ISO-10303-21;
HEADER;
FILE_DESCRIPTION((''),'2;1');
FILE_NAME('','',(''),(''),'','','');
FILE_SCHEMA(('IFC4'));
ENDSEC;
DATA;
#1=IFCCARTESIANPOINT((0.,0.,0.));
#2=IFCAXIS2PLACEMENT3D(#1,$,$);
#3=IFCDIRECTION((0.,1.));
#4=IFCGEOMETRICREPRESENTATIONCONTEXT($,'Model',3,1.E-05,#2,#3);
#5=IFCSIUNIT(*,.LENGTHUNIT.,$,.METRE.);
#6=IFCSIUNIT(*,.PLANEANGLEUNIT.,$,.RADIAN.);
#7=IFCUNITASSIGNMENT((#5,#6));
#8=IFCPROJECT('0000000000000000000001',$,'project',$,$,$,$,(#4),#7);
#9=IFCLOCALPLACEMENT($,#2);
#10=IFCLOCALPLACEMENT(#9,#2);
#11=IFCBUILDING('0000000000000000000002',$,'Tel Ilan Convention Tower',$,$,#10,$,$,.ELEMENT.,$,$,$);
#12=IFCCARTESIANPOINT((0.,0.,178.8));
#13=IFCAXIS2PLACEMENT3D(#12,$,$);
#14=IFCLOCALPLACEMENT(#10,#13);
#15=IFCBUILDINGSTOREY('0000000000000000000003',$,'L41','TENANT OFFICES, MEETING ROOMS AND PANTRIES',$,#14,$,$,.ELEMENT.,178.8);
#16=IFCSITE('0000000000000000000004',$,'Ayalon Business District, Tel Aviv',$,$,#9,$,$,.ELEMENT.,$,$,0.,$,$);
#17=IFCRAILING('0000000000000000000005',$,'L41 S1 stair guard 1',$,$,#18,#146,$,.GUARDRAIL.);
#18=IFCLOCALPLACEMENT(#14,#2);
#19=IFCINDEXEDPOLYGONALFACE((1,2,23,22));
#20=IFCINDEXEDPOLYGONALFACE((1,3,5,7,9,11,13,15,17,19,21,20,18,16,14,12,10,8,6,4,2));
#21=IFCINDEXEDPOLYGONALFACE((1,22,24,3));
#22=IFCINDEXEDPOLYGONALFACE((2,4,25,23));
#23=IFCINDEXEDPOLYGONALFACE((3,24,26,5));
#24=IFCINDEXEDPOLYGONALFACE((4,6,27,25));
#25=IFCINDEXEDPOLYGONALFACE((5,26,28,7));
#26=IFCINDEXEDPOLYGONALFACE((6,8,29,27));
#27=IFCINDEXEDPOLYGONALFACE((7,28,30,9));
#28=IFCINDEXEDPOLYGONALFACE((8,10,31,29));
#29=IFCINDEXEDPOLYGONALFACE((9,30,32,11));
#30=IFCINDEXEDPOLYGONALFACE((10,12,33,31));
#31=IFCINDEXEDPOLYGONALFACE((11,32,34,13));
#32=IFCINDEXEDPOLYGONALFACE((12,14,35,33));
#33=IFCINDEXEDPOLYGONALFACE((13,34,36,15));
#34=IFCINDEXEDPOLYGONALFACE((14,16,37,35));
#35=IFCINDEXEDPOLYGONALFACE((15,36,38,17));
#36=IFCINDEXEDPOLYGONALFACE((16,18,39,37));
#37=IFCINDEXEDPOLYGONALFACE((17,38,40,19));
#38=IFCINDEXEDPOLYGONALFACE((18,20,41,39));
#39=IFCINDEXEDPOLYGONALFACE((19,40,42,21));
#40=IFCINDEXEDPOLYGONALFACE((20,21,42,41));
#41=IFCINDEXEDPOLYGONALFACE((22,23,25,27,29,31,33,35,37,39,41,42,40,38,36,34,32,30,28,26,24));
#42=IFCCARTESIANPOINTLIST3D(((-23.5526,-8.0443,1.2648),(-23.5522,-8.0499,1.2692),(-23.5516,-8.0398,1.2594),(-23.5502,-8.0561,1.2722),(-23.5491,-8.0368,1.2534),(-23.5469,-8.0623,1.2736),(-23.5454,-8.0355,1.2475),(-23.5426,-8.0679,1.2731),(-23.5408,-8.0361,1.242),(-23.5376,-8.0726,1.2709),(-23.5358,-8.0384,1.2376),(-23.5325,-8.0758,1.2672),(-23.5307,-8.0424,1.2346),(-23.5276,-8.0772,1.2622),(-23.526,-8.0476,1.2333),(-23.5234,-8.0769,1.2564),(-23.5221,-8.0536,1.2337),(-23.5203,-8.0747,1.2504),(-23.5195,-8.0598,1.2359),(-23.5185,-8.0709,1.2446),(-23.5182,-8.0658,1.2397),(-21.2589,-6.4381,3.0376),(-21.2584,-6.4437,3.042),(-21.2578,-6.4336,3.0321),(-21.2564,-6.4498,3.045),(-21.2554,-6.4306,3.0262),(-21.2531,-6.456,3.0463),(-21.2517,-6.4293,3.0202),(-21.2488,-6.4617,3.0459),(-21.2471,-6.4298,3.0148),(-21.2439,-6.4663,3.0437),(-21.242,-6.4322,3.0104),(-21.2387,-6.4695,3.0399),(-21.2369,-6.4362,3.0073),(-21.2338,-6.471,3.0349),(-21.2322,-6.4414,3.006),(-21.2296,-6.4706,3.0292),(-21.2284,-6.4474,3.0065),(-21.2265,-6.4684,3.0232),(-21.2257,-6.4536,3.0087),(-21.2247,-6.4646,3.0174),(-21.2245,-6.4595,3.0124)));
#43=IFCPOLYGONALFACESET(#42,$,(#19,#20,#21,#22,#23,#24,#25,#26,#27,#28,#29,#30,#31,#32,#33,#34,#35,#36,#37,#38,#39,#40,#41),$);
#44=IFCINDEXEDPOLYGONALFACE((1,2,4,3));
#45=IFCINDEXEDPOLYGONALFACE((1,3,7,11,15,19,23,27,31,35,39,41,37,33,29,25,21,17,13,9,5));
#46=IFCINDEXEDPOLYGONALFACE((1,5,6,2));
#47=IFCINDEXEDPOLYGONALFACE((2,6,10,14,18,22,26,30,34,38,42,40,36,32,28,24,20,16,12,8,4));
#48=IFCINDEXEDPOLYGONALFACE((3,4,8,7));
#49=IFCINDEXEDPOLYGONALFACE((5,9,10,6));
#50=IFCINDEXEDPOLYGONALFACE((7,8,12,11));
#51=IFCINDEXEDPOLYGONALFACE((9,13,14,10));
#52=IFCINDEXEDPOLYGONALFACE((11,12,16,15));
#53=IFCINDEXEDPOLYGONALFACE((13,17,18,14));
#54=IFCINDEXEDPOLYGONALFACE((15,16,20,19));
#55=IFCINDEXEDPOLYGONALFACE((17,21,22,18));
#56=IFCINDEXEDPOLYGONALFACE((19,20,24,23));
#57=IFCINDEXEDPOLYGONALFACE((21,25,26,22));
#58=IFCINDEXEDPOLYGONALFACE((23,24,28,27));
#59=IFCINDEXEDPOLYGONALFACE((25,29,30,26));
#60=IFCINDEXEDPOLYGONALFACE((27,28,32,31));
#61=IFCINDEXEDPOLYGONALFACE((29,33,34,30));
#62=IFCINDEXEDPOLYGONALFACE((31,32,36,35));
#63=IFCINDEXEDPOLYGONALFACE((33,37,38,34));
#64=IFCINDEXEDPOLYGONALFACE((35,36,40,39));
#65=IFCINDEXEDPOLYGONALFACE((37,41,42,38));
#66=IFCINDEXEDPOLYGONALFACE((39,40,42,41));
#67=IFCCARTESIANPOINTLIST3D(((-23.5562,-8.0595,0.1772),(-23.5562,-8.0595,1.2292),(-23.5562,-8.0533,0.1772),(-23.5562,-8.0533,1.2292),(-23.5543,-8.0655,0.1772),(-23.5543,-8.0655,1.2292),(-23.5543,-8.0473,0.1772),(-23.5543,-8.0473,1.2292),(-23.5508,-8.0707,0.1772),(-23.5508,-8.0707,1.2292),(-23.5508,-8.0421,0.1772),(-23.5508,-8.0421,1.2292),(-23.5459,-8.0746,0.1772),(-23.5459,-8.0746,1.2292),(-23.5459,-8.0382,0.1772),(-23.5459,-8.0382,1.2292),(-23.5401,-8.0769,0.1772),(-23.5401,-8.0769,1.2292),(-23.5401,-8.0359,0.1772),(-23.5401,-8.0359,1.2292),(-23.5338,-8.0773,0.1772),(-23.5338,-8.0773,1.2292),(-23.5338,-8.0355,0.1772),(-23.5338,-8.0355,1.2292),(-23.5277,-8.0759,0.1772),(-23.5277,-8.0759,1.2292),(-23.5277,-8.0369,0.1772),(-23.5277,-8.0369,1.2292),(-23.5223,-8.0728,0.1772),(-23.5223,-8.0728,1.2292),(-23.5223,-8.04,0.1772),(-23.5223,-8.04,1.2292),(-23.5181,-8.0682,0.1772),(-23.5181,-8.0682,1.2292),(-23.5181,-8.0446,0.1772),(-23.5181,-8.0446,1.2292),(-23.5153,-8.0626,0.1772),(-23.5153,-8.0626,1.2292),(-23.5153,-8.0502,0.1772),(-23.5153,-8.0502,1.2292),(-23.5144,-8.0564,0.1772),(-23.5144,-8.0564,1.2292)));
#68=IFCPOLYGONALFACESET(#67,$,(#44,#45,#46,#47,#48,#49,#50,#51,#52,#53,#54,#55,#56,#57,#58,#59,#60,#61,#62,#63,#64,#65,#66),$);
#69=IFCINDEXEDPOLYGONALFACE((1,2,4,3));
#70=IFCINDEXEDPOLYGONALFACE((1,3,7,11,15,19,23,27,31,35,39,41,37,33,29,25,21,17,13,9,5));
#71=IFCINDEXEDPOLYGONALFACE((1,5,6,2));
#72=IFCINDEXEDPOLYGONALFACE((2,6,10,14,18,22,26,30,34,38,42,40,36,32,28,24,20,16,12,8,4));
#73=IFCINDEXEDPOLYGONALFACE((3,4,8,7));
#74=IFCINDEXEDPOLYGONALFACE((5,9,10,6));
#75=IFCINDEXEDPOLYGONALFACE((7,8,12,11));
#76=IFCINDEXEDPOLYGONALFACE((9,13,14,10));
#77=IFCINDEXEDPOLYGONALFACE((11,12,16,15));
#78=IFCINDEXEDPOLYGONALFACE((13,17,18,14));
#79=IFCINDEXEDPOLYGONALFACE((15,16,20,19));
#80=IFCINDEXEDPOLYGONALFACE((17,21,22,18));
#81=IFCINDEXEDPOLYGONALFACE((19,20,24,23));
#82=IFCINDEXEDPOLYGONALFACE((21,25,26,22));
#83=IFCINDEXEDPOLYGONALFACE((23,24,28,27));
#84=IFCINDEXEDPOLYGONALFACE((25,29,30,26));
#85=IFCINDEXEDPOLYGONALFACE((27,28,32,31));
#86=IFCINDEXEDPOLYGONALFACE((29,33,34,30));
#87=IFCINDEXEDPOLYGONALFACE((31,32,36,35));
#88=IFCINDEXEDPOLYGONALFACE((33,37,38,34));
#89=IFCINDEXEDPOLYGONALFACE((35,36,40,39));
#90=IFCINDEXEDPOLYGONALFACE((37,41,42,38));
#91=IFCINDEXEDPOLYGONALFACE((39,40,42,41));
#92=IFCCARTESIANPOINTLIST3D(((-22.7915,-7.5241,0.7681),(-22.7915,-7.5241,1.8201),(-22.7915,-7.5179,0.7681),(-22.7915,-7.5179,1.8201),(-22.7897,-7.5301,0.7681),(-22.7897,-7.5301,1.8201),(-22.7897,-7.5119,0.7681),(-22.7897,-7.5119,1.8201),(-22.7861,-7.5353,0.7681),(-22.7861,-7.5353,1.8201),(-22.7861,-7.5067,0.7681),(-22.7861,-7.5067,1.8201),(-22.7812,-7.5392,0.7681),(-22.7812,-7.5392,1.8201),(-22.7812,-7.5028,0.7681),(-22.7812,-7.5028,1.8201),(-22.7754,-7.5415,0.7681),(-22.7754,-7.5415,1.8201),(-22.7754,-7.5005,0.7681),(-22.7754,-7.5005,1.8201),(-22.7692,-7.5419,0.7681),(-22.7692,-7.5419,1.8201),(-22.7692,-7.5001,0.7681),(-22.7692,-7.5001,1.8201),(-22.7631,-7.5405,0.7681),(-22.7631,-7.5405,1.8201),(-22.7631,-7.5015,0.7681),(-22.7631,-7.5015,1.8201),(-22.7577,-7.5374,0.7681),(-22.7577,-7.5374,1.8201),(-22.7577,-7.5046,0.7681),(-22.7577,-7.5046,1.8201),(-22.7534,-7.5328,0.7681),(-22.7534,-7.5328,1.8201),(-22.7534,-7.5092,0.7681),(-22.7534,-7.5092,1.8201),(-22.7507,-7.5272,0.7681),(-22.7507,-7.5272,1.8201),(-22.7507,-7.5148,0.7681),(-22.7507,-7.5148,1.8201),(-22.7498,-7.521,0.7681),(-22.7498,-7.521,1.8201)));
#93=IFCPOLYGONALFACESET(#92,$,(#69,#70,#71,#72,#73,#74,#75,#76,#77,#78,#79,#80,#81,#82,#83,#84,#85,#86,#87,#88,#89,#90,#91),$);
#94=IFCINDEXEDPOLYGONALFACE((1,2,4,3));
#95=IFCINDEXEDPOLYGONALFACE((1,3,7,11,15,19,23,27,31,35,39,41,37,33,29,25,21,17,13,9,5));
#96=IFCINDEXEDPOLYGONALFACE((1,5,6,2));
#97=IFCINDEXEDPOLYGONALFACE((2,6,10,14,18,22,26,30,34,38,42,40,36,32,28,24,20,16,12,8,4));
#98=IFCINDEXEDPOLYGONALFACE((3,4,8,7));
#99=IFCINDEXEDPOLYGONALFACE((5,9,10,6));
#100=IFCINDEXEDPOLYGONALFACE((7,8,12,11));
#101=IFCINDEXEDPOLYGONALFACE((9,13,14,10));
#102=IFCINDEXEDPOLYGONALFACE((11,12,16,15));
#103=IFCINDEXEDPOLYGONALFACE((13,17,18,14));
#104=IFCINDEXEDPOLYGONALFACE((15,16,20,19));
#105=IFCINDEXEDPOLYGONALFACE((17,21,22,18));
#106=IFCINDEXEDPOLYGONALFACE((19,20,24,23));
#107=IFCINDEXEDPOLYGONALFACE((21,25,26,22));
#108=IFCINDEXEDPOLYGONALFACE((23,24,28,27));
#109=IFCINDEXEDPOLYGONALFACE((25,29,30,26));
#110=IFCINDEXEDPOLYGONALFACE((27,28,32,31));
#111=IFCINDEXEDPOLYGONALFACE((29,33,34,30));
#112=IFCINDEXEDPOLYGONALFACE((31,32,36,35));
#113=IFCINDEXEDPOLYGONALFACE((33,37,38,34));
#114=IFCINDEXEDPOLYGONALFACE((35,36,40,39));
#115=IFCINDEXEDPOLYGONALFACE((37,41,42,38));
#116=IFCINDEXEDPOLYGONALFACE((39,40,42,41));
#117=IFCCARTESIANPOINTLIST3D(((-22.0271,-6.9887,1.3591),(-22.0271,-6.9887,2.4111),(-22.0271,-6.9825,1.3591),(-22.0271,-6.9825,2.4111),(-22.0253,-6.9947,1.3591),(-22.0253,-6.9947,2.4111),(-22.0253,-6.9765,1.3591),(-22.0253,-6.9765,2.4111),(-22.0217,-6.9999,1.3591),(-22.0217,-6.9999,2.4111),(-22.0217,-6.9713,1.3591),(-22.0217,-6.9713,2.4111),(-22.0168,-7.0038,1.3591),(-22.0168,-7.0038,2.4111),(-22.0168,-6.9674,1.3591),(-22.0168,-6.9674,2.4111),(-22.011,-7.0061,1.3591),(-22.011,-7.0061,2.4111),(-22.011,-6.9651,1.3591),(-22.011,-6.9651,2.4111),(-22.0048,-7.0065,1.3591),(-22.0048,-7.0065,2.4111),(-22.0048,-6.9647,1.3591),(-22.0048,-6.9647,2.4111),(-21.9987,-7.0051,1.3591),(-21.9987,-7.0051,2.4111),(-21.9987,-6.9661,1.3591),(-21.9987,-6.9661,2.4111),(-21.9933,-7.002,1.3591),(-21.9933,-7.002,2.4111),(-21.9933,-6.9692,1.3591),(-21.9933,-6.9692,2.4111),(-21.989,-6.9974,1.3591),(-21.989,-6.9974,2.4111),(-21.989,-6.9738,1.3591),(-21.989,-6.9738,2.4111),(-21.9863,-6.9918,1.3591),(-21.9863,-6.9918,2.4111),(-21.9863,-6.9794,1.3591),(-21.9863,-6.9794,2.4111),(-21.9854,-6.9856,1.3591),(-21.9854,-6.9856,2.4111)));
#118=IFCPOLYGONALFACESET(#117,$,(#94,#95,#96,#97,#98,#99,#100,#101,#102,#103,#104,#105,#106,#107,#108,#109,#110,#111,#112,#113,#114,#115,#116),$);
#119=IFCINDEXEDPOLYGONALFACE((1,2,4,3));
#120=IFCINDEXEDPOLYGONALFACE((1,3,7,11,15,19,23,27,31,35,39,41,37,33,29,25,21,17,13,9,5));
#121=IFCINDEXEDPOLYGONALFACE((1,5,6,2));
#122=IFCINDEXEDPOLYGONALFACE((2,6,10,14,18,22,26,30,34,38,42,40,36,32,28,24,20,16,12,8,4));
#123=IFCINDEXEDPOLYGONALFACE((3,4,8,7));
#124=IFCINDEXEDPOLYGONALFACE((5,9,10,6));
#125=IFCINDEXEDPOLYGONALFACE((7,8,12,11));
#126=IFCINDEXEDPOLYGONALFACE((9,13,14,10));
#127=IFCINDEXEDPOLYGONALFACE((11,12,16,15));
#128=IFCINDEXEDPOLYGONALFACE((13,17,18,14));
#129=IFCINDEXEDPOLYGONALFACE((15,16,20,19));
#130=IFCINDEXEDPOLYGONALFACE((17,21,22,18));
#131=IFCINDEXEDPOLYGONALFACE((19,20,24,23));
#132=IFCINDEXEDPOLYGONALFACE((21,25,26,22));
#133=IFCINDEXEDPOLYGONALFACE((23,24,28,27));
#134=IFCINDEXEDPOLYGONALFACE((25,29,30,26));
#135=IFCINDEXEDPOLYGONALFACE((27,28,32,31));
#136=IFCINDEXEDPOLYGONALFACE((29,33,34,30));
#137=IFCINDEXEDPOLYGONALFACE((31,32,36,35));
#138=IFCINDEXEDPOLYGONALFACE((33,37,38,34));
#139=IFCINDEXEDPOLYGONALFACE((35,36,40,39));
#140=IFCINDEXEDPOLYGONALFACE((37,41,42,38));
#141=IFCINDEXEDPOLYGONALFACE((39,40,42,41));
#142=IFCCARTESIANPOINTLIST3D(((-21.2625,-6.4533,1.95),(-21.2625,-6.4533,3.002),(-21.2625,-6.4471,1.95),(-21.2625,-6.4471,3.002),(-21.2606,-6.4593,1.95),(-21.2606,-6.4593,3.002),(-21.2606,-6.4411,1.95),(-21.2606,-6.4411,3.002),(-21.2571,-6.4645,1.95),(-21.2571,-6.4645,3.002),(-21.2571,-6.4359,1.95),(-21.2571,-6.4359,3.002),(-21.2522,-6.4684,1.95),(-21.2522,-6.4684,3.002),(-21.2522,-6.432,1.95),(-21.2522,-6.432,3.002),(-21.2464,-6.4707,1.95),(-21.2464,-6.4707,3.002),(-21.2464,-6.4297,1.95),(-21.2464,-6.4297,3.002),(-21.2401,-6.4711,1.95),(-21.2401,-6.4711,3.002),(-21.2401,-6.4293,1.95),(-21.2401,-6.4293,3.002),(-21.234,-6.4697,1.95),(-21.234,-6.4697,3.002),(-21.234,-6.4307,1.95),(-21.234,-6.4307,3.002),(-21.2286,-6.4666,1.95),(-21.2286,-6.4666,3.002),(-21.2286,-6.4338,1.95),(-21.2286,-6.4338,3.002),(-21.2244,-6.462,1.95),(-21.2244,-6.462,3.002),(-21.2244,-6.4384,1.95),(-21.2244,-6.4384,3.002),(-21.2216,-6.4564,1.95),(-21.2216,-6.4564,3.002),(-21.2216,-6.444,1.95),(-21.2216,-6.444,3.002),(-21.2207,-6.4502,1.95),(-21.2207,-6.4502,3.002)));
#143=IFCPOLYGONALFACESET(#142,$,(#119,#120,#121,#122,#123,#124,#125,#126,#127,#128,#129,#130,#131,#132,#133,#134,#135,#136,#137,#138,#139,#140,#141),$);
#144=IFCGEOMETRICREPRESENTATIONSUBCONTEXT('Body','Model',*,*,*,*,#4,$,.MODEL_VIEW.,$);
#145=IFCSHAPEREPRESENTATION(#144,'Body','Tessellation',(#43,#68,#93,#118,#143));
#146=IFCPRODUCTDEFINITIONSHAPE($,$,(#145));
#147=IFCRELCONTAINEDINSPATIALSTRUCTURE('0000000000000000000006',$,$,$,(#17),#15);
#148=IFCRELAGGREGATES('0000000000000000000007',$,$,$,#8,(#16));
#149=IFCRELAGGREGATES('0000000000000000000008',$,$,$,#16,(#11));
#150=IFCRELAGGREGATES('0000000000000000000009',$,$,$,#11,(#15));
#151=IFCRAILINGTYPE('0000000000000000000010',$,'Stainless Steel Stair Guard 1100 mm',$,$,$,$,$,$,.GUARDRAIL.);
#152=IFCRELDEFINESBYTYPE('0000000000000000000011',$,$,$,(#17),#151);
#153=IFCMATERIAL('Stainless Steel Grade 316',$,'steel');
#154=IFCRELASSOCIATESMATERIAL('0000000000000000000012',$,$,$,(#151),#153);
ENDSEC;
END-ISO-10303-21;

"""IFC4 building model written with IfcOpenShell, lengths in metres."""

from ifc_helpers import new_model, si_unit, direction, frame, origin, origin_2d, place, context, subcontext, project, spatial, circle, extrude, material, type_object, element, save


model = new_model("IFC4")

# Units and contexts
model_context = context("Model", 3, precision=1e-05, world=origin(), true_north=direction((0.0, 1.0)))
body_context = subcontext(model_context, "Body", "Model", "MODEL_VIEW")
ifc_project = project(units=[si_unit("LENGTHUNIT", "METRE"), si_unit("PLANEANGLEUNIT", "RADIAN")], contexts=[model_context])

# Site, building, storey
site_placement = place(None, origin())
site = spatial("IfcSite", under=ifc_project, at=site_placement, Name="Ayalon Business District, Tel Aviv", CompositionType="ELEMENT", RefElevation=0.0)
building_placement = place(site_placement, origin())
building = spatial("IfcBuilding", under=site, at=building_placement, Name="Tel Ilan Convention Tower", CompositionType="ELEMENT")
storey_placement = place(building_placement, frame((0.0, 0.0, 178.8)))
storey = spatial("IfcBuildingStorey", under=building, at=storey_placement, Name="L41", Description="TENANT OFFICES, MEETING ROOMS AND PANTRIES", CompositionType="ELEMENT", Elevation=178.8)

# Railing
ifc_material_1 = material(Name="Stainless Steel Grade 316", Category="steel")
railing_type_1 = type_object("IfcRailingType", Name="Stainless Steel Stair Guard 1100 mm", PredefinedType="GUARDRAIL", material=ifc_material_1)
railing_1_placement = place(storey_placement, frame((-23.5354, -8.0564, 0.1772)))
element("IfcRailing", 1, at=railing_1_placement, inside=storey, type_object=railing_type_1, Name="L41 S1 stair guard 1", PredefinedType="GUARDRAIL", context=body_context, shape_type="SweptSolid", body=[
    extrude(circle(Radius=0.0239, at=origin_2d()), frame((0.0, 0.0, 1.0762), z_axis=(0.692098, 0.484653, 0.534894), x_axis=(-0.573609, 0.81913, 0.0)), (0.0, 0.0, 1.0), 3.3142),
    extrude(circle(Radius=0.021, at=origin_2d()), origin(), (0.0, 0.0, 1.0), 1.052),
    extrude(circle(Radius=0.021, at=origin_2d()), frame((0.7646, 0.5354, 0.5908)), (0.0, 0.0, 1.0), 1.052),
    extrude(circle(Radius=0.021, at=origin_2d()), frame((1.5291, 1.0708, 1.1819)), (0.0, 0.0, 1.0), 1.052),
    extrude(circle(Radius=0.021, at=origin_2d()), frame((2.2937, 1.6062, 1.7727)), (0.0, 0.0, 1.0), 1.052),
])

save(model, "model.ifc")
